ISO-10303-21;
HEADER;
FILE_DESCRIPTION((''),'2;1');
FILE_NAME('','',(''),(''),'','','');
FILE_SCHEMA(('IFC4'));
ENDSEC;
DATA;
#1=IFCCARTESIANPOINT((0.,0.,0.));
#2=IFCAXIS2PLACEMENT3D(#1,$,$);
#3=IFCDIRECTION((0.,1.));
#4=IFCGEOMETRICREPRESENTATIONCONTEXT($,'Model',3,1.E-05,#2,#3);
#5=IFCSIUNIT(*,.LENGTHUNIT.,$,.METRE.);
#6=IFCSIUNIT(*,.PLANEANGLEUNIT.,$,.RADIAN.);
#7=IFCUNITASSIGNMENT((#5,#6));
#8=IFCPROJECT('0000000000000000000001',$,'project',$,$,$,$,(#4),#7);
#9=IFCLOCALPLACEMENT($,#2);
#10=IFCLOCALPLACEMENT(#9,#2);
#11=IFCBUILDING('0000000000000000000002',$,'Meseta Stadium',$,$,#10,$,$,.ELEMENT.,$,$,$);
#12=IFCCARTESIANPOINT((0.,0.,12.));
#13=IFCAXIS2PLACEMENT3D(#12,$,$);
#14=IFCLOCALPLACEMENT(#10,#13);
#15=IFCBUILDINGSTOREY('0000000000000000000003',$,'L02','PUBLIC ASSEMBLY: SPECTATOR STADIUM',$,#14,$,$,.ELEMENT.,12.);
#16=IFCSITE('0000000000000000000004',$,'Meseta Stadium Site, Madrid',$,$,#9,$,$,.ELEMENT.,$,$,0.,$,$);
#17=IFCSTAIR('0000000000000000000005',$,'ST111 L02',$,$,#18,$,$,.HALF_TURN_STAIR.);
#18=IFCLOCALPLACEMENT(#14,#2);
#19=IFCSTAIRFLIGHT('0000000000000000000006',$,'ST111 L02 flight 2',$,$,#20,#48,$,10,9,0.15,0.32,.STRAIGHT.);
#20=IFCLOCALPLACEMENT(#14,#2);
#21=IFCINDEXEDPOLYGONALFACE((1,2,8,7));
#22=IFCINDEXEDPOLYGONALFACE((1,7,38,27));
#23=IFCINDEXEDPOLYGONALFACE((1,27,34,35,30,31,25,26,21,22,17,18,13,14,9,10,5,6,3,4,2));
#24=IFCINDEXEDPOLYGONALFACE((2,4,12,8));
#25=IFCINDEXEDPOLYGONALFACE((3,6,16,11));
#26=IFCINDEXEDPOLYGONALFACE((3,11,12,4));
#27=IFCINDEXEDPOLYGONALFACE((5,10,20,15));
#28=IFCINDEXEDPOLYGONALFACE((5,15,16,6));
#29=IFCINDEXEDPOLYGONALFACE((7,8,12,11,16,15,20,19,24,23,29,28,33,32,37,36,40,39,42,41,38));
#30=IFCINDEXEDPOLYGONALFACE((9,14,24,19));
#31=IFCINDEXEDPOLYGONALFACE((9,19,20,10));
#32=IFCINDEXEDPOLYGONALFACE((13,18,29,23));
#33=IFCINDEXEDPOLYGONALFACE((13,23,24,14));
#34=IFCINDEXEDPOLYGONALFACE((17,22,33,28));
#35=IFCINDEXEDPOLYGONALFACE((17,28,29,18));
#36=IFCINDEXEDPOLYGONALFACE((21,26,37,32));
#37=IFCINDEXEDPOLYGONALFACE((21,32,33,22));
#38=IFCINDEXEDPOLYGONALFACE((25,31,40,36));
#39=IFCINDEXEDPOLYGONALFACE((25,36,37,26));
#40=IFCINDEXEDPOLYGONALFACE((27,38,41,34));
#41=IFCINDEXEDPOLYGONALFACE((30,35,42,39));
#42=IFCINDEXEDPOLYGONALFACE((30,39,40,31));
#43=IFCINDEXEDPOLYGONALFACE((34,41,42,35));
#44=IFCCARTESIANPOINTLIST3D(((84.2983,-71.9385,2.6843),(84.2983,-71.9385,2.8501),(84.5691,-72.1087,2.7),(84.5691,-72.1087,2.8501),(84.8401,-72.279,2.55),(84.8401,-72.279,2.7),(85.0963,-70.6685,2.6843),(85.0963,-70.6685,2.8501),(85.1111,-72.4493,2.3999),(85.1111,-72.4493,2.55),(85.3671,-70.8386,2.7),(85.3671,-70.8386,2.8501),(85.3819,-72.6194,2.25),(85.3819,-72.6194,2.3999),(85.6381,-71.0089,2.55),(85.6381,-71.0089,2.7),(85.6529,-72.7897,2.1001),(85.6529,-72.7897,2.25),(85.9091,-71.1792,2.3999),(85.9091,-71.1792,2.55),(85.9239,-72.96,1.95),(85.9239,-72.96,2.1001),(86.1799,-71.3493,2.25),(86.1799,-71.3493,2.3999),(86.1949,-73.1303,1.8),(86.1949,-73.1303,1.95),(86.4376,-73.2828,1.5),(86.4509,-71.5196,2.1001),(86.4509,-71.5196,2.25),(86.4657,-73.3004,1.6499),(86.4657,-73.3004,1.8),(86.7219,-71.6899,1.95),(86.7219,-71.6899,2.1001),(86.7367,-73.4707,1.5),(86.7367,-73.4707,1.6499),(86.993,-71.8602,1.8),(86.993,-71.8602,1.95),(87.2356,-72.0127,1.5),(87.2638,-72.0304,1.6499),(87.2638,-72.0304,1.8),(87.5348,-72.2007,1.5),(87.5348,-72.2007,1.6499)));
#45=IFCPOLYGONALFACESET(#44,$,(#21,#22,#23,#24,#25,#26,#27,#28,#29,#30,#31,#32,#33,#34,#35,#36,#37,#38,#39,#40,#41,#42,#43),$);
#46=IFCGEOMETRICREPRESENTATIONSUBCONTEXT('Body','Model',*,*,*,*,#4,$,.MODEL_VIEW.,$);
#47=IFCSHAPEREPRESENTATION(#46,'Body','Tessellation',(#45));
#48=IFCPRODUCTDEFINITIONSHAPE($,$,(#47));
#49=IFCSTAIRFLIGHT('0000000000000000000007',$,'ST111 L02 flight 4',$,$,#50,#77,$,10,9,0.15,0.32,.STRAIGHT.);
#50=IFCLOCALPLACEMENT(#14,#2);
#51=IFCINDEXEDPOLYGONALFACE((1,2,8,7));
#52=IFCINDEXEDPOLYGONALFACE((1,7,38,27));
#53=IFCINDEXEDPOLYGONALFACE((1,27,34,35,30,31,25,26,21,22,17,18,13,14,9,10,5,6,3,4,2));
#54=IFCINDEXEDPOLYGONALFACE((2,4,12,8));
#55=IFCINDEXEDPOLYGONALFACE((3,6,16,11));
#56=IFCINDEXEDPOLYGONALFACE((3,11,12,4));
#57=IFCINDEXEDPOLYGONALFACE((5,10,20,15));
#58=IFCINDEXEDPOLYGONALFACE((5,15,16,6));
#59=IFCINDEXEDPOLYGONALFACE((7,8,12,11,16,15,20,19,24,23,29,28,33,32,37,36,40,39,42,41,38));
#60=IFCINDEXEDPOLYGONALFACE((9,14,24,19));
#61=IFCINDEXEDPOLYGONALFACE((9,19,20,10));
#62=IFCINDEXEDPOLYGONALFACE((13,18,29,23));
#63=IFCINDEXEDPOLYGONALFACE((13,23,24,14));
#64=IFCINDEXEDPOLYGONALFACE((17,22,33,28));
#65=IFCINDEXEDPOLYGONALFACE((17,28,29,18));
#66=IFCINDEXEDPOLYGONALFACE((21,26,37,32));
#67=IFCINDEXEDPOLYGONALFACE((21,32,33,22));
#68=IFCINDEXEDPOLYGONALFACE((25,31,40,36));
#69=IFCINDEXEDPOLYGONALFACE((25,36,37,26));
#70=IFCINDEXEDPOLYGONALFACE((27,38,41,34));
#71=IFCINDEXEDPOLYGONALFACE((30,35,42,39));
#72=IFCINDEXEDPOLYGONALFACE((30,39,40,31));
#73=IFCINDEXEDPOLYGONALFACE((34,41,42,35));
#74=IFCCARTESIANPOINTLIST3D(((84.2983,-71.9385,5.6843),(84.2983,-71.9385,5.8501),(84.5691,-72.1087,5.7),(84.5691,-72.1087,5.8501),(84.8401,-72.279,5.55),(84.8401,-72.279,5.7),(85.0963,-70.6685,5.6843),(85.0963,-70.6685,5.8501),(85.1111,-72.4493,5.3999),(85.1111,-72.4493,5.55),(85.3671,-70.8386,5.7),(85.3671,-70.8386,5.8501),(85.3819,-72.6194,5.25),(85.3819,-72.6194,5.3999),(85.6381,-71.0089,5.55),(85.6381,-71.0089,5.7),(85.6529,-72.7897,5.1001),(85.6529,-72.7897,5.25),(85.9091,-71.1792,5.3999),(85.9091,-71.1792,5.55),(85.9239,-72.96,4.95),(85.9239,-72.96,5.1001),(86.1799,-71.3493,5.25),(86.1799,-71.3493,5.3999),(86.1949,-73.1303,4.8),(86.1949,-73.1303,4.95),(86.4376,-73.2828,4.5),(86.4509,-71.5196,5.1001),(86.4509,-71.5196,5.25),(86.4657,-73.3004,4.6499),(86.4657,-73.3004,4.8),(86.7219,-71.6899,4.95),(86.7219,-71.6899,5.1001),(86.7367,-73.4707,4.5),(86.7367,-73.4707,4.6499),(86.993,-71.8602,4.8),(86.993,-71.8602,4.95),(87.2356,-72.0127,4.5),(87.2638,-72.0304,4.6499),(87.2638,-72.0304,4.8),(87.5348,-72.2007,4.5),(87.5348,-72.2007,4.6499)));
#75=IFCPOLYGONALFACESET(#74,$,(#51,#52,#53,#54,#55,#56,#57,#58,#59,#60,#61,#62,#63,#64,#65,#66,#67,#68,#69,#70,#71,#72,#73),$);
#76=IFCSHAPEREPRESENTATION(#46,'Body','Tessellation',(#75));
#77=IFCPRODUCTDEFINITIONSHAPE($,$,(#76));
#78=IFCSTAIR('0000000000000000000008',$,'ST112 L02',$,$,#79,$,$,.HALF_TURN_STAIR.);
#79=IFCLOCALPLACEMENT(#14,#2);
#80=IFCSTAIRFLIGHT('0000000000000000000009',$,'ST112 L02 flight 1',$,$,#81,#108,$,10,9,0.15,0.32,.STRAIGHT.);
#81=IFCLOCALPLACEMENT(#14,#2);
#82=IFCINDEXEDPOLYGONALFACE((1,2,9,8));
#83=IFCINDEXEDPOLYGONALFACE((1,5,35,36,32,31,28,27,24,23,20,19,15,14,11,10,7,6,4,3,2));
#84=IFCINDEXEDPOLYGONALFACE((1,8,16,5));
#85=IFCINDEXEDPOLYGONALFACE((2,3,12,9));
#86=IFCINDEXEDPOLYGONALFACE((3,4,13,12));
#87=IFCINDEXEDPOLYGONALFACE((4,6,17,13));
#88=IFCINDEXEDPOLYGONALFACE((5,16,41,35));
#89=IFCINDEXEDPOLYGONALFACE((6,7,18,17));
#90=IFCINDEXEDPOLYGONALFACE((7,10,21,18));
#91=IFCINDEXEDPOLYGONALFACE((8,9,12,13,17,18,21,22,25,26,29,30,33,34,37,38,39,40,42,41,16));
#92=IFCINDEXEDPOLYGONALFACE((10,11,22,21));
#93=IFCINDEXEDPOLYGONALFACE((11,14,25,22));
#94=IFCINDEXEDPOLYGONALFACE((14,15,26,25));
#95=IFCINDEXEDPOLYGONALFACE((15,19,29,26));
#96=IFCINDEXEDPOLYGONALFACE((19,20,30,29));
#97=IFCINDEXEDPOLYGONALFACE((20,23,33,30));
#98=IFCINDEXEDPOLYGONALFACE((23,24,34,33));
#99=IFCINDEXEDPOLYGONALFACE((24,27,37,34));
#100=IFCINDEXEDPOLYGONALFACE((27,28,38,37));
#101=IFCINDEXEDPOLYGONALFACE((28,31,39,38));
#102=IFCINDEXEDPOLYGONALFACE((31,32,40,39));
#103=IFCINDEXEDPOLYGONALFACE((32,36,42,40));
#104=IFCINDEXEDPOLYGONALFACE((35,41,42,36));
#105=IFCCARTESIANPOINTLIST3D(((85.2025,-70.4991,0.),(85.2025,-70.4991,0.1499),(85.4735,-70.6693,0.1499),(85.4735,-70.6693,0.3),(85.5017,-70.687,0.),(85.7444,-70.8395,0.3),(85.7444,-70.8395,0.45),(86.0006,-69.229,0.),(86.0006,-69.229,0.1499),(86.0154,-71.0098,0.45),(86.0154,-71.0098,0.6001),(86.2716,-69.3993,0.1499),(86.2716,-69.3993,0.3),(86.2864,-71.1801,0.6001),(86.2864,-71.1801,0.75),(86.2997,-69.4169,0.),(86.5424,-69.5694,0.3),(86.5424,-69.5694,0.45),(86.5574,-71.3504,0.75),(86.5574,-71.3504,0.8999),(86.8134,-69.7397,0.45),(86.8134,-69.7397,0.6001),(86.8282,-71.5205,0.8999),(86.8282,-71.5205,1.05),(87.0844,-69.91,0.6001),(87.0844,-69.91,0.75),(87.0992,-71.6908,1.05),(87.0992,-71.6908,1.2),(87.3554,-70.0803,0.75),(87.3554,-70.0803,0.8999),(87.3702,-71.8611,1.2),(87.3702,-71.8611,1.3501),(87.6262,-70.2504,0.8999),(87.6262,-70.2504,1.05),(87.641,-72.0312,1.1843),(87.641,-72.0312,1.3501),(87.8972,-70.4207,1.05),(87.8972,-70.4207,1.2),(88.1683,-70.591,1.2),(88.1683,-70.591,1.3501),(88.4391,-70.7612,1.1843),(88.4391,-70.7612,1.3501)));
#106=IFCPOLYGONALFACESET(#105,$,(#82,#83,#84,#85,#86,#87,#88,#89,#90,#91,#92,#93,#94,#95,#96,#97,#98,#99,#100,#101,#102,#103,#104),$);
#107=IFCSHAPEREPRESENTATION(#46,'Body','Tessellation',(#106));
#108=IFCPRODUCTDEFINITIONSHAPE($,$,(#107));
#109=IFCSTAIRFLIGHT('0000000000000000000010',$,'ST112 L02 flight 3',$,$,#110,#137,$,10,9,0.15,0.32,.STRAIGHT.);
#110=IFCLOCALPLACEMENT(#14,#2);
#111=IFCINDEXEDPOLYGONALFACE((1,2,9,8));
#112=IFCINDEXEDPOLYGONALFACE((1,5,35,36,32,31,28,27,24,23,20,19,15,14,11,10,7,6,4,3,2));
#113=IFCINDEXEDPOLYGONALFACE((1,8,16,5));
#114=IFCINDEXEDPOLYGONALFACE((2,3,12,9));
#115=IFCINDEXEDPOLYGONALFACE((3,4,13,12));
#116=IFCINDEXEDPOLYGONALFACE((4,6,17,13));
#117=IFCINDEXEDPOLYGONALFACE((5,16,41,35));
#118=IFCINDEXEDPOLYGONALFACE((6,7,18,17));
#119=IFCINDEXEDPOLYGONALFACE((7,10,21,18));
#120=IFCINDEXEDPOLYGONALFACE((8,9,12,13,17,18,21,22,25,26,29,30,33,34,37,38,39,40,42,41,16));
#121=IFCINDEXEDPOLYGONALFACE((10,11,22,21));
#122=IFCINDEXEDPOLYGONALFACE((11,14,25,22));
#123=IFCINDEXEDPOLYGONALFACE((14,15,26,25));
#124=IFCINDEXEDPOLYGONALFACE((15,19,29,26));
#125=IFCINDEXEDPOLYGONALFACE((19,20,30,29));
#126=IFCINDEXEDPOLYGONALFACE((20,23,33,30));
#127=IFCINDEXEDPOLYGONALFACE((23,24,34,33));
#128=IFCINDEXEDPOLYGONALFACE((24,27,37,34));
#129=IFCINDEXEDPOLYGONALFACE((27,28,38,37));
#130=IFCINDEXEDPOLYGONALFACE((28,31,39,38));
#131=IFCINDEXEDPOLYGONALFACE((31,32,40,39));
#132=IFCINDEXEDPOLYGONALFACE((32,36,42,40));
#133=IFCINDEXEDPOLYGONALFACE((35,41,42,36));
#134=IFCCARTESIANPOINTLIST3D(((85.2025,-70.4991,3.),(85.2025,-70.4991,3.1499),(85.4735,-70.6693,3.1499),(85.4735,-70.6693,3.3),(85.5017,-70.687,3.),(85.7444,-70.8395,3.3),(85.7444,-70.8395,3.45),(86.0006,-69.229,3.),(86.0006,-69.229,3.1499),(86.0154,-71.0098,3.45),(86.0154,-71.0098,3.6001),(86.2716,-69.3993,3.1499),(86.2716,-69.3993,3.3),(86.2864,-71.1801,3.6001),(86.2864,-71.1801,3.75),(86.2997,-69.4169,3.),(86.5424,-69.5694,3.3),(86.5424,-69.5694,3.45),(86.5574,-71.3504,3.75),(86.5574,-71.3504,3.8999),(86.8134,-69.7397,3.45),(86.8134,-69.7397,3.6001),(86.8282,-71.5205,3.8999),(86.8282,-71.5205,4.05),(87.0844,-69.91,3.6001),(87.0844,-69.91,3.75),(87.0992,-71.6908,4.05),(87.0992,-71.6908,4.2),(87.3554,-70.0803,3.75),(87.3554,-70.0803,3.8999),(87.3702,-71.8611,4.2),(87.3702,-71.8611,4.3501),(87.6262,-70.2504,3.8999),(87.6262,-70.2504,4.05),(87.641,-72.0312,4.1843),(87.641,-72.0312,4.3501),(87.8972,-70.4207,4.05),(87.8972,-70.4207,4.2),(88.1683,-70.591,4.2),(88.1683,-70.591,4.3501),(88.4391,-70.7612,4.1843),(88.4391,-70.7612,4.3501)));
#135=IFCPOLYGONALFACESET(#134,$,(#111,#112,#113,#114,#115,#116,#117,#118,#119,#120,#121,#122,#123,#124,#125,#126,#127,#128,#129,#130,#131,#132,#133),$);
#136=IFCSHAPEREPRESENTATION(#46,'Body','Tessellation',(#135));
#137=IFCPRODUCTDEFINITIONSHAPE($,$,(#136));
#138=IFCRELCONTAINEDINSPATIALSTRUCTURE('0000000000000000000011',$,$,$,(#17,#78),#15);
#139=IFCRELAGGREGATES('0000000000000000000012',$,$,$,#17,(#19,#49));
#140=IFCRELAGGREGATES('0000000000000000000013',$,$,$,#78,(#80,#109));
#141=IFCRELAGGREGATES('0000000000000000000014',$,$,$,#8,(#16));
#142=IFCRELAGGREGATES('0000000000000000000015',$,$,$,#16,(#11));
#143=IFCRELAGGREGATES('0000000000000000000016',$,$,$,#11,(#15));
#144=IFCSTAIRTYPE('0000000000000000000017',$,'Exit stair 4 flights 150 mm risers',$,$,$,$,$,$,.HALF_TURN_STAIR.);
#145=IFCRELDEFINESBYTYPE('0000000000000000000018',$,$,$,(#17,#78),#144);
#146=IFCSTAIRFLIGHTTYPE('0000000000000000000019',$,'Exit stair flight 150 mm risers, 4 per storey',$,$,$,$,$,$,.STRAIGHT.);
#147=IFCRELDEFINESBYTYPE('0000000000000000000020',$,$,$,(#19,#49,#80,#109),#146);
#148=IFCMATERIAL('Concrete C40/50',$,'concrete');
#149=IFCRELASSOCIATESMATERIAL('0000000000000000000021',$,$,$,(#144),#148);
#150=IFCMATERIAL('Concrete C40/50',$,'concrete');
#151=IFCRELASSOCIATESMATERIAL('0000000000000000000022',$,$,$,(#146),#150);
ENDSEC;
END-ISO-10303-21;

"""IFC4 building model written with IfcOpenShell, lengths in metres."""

from ifc_helpers import new_model, si_unit, direction, frame, origin, place, context, subcontext, project, spatial, polyline, outline, extrude, material, type_object, element, aggregate, save


model = new_model("IFC4")

# Units and contexts
model_context = context("Model", 3, precision=1e-05, world=origin(), true_north=direction((0.0, 1.0)))
body_context = subcontext(model_context, "Body", "Model", "MODEL_VIEW")
ifc_project = project(units=[si_unit("LENGTHUNIT", "METRE"), si_unit("PLANEANGLEUNIT", "RADIAN")], contexts=[model_context])

# Site, building, storey
site_placement = place(None, origin())
site = spatial("IfcSite", under=ifc_project, at=site_placement, Name="Meseta Stadium Site, Madrid", CompositionType="ELEMENT", RefElevation=0.0)
building_placement = place(site_placement, origin())
building = spatial("IfcBuilding", under=site, at=building_placement, Name="Meseta Stadium", CompositionType="ELEMENT")
storey_placement = place(building_placement, frame((0.0, 0.0, 12.0)))
storey = spatial("IfcBuildingStorey", under=building, at=storey_placement, Name="L02", Description="PUBLIC ASSEMBLY: SPECTATOR STADIUM", CompositionType="ELEMENT", Elevation=12.0)

# Stairs, stair flights
ifc_material_1 = material(Name="Concrete C40/50", Category="concrete")
stair_type = type_object("IfcStairType", Name="Exit stair 4 flights 150 mm risers", PredefinedType="HALF_TURN_STAIR", material=ifc_material_1)
ifc_material_2 = material(Name="Concrete C40/50", Category="concrete")
stair_flight_type = type_object("IfcStairFlightType", Name="Exit stair flight 150 mm risers, 4 per storey", PredefinedType="STRAIGHT", material=ifc_material_2)
stair_1_placement = place(storey_placement, origin())
stair_1 = element("IfcStair", 1, at=stair_1_placement, inside=storey, type_object=stair_type, Name="ST111 L02", PredefinedType="HALF_TURN_STAIR")
stair_flight_1_placement = place(storey_placement, frame((87.1357, -72.8357, 1.5), z_axis=(0.0, 0.0, 1.0), x_axis=(-0.846724, 0.532032, 0.0)))
stair_flight_1 = element("IfcStairFlight", 2, at=stair_flight_1_placement, type_object=stair_flight_type, Name="ST111 L02 flight 2", NumberOfRisers=10, NumberOfTreads=9, PredefinedType="STRAIGHT", RiserHeight=0.15, TreadLength=0.32, context=body_context, shape_type="SweptSolid", body=[
    extrude(outline(polyline([(0.0, 0.0), (0.0, 0.1499), (0.3201, 0.1499), (0.3201, 0.3), (0.6399, 0.3), (0.6399, 0.45), (0.96, 0.45), (0.96, 0.6001), (1.28, 0.6001), (1.28, 0.75), (1.6001, 0.75), (1.6001, 0.8999), (1.9199, 0.8999), (1.9199, 1.05), (2.24, 1.05), (2.24, 1.2), (2.5601, 1.2), (2.5601, 1.3501), (2.8799, 1.3501), (2.8799, 1.1843), (0.3533, 0.0), (0.0, 0.0)])), frame((0.0, 0.75, 0.0), z_axis=(0.0, -1.0, 0.0), x_axis=(1.0, 0.0, 0.0)), (0.0, 0.0, 1.0), 1.5),
])
stair_flight_2_placement = place(storey_placement, frame((87.1357, -72.8357, 4.5), z_axis=(0.0, 0.0, 1.0), x_axis=(-0.846724, 0.532032, 0.0)))
stair_flight_2 = element("IfcStairFlight", 3, at=stair_flight_2_placement, type_object=stair_flight_type, Name="ST111 L02 flight 4", NumberOfRisers=10, NumberOfTreads=9, PredefinedType="STRAIGHT", RiserHeight=0.15, TreadLength=0.32, context=body_context, shape_type="SweptSolid", body=[
    extrude(outline(polyline([(0.0, 0.0), (0.0, 0.1499), (0.3201, 0.1499), (0.3201, 0.3), (0.6399, 0.3), (0.6399, 0.45), (0.96, 0.45), (0.96, 0.6001), (1.28, 0.6001), (1.28, 0.75), (1.6001, 0.75), (1.6001, 0.8999), (1.9199, 0.8999), (1.9199, 1.05), (2.24, 1.05), (2.24, 1.2), (2.5601, 1.2), (2.5601, 1.3501), (2.8799, 1.3501), (2.8799, 1.1843), (0.3533, 0.0), (0.0, 0.0)])), frame((0.0, 0.75, 0.0), z_axis=(0.0, -1.0, 0.0), x_axis=(1.0, 0.0, 0.0)), (0.0, 0.0, 1.0), 1.5),
])
aggregate(stair_1, [stair_flight_1, stair_flight_2])
stair_2_placement = place(storey_placement, origin())
stair_2 = element("IfcStair", 4, at=stair_2_placement, inside=storey, type_object=stair_type, Name="ST112 L02", PredefinedType="HALF_TURN_STAIR")
stair_flight_3_placement = place(storey_placement, frame((85.6016, -69.864, 0.0), z_axis=(0.0, 0.0, 1.0), x_axis=(0.846724, -0.532032, 0.0)))
stair_flight_3 = element("IfcStairFlight", 5, at=stair_flight_3_placement, type_object=stair_flight_type, Name="ST112 L02 flight 1", NumberOfRisers=10, NumberOfTreads=9, PredefinedType="STRAIGHT", RiserHeight=0.15, TreadLength=0.32, context=body_context, shape_type="SweptSolid", body=[
    extrude(outline(polyline([(0.0, 0.0), (0.0, 0.1499), (0.3201, 0.1499), (0.3201, 0.3), (0.6399, 0.3), (0.6399, 0.45), (0.96, 0.45), (0.96, 0.6001), (1.28, 0.6001), (1.28, 0.75), (1.6001, 0.75), (1.6001, 0.8999), (1.9199, 0.8999), (1.9199, 1.05), (2.24, 1.05), (2.24, 1.2), (2.5601, 1.2), (2.5601, 1.3501), (2.8799, 1.3501), (2.8799, 1.1843), (0.3533, 0.0), (0.0, 0.0)])), frame((0.0, 0.75, 0.0), z_axis=(0.0, -1.0, 0.0), x_axis=(1.0, 0.0, 0.0)), (0.0, 0.0, 1.0), 1.5),
])
stair_flight_4_placement = place(storey_placement, frame((85.6016, -69.864, 3.0), z_axis=(0.0, 0.0, 1.0), x_axis=(0.846724, -0.532032, 0.0)))
stair_flight_4 = element("IfcStairFlight", 6, at=stair_flight_4_placement, type_object=stair_flight_type, Name="ST112 L02 flight 3", NumberOfRisers=10, NumberOfTreads=9, PredefinedType="STRAIGHT", RiserHeight=0.15, TreadLength=0.32, context=body_context, shape_type="SweptSolid", body=[
    extrude(outline(polyline([(0.0, 0.0), (0.0, 0.1499), (0.3201, 0.1499), (0.3201, 0.3), (0.6399, 0.3), (0.6399, 0.45), (0.96, 0.45), (0.96, 0.6001), (1.28, 0.6001), (1.28, 0.75), (1.6001, 0.75), (1.6001, 0.8999), (1.9199, 0.8999), (1.9199, 1.05), (2.24, 1.05), (2.24, 1.2), (2.5601, 1.2), (2.5601, 1.3501), (2.8799, 1.3501), (2.8799, 1.1843), (0.3533, 0.0), (0.0, 0.0)])), frame((0.0, 0.75, 0.0), z_axis=(0.0, -1.0, 0.0), x_axis=(1.0, 0.0, 0.0)), (0.0, 0.0, 1.0), 1.5),
])
aggregate(stair_2, [stair_flight_3, stair_flight_4])

save(model, "model.ifc")
